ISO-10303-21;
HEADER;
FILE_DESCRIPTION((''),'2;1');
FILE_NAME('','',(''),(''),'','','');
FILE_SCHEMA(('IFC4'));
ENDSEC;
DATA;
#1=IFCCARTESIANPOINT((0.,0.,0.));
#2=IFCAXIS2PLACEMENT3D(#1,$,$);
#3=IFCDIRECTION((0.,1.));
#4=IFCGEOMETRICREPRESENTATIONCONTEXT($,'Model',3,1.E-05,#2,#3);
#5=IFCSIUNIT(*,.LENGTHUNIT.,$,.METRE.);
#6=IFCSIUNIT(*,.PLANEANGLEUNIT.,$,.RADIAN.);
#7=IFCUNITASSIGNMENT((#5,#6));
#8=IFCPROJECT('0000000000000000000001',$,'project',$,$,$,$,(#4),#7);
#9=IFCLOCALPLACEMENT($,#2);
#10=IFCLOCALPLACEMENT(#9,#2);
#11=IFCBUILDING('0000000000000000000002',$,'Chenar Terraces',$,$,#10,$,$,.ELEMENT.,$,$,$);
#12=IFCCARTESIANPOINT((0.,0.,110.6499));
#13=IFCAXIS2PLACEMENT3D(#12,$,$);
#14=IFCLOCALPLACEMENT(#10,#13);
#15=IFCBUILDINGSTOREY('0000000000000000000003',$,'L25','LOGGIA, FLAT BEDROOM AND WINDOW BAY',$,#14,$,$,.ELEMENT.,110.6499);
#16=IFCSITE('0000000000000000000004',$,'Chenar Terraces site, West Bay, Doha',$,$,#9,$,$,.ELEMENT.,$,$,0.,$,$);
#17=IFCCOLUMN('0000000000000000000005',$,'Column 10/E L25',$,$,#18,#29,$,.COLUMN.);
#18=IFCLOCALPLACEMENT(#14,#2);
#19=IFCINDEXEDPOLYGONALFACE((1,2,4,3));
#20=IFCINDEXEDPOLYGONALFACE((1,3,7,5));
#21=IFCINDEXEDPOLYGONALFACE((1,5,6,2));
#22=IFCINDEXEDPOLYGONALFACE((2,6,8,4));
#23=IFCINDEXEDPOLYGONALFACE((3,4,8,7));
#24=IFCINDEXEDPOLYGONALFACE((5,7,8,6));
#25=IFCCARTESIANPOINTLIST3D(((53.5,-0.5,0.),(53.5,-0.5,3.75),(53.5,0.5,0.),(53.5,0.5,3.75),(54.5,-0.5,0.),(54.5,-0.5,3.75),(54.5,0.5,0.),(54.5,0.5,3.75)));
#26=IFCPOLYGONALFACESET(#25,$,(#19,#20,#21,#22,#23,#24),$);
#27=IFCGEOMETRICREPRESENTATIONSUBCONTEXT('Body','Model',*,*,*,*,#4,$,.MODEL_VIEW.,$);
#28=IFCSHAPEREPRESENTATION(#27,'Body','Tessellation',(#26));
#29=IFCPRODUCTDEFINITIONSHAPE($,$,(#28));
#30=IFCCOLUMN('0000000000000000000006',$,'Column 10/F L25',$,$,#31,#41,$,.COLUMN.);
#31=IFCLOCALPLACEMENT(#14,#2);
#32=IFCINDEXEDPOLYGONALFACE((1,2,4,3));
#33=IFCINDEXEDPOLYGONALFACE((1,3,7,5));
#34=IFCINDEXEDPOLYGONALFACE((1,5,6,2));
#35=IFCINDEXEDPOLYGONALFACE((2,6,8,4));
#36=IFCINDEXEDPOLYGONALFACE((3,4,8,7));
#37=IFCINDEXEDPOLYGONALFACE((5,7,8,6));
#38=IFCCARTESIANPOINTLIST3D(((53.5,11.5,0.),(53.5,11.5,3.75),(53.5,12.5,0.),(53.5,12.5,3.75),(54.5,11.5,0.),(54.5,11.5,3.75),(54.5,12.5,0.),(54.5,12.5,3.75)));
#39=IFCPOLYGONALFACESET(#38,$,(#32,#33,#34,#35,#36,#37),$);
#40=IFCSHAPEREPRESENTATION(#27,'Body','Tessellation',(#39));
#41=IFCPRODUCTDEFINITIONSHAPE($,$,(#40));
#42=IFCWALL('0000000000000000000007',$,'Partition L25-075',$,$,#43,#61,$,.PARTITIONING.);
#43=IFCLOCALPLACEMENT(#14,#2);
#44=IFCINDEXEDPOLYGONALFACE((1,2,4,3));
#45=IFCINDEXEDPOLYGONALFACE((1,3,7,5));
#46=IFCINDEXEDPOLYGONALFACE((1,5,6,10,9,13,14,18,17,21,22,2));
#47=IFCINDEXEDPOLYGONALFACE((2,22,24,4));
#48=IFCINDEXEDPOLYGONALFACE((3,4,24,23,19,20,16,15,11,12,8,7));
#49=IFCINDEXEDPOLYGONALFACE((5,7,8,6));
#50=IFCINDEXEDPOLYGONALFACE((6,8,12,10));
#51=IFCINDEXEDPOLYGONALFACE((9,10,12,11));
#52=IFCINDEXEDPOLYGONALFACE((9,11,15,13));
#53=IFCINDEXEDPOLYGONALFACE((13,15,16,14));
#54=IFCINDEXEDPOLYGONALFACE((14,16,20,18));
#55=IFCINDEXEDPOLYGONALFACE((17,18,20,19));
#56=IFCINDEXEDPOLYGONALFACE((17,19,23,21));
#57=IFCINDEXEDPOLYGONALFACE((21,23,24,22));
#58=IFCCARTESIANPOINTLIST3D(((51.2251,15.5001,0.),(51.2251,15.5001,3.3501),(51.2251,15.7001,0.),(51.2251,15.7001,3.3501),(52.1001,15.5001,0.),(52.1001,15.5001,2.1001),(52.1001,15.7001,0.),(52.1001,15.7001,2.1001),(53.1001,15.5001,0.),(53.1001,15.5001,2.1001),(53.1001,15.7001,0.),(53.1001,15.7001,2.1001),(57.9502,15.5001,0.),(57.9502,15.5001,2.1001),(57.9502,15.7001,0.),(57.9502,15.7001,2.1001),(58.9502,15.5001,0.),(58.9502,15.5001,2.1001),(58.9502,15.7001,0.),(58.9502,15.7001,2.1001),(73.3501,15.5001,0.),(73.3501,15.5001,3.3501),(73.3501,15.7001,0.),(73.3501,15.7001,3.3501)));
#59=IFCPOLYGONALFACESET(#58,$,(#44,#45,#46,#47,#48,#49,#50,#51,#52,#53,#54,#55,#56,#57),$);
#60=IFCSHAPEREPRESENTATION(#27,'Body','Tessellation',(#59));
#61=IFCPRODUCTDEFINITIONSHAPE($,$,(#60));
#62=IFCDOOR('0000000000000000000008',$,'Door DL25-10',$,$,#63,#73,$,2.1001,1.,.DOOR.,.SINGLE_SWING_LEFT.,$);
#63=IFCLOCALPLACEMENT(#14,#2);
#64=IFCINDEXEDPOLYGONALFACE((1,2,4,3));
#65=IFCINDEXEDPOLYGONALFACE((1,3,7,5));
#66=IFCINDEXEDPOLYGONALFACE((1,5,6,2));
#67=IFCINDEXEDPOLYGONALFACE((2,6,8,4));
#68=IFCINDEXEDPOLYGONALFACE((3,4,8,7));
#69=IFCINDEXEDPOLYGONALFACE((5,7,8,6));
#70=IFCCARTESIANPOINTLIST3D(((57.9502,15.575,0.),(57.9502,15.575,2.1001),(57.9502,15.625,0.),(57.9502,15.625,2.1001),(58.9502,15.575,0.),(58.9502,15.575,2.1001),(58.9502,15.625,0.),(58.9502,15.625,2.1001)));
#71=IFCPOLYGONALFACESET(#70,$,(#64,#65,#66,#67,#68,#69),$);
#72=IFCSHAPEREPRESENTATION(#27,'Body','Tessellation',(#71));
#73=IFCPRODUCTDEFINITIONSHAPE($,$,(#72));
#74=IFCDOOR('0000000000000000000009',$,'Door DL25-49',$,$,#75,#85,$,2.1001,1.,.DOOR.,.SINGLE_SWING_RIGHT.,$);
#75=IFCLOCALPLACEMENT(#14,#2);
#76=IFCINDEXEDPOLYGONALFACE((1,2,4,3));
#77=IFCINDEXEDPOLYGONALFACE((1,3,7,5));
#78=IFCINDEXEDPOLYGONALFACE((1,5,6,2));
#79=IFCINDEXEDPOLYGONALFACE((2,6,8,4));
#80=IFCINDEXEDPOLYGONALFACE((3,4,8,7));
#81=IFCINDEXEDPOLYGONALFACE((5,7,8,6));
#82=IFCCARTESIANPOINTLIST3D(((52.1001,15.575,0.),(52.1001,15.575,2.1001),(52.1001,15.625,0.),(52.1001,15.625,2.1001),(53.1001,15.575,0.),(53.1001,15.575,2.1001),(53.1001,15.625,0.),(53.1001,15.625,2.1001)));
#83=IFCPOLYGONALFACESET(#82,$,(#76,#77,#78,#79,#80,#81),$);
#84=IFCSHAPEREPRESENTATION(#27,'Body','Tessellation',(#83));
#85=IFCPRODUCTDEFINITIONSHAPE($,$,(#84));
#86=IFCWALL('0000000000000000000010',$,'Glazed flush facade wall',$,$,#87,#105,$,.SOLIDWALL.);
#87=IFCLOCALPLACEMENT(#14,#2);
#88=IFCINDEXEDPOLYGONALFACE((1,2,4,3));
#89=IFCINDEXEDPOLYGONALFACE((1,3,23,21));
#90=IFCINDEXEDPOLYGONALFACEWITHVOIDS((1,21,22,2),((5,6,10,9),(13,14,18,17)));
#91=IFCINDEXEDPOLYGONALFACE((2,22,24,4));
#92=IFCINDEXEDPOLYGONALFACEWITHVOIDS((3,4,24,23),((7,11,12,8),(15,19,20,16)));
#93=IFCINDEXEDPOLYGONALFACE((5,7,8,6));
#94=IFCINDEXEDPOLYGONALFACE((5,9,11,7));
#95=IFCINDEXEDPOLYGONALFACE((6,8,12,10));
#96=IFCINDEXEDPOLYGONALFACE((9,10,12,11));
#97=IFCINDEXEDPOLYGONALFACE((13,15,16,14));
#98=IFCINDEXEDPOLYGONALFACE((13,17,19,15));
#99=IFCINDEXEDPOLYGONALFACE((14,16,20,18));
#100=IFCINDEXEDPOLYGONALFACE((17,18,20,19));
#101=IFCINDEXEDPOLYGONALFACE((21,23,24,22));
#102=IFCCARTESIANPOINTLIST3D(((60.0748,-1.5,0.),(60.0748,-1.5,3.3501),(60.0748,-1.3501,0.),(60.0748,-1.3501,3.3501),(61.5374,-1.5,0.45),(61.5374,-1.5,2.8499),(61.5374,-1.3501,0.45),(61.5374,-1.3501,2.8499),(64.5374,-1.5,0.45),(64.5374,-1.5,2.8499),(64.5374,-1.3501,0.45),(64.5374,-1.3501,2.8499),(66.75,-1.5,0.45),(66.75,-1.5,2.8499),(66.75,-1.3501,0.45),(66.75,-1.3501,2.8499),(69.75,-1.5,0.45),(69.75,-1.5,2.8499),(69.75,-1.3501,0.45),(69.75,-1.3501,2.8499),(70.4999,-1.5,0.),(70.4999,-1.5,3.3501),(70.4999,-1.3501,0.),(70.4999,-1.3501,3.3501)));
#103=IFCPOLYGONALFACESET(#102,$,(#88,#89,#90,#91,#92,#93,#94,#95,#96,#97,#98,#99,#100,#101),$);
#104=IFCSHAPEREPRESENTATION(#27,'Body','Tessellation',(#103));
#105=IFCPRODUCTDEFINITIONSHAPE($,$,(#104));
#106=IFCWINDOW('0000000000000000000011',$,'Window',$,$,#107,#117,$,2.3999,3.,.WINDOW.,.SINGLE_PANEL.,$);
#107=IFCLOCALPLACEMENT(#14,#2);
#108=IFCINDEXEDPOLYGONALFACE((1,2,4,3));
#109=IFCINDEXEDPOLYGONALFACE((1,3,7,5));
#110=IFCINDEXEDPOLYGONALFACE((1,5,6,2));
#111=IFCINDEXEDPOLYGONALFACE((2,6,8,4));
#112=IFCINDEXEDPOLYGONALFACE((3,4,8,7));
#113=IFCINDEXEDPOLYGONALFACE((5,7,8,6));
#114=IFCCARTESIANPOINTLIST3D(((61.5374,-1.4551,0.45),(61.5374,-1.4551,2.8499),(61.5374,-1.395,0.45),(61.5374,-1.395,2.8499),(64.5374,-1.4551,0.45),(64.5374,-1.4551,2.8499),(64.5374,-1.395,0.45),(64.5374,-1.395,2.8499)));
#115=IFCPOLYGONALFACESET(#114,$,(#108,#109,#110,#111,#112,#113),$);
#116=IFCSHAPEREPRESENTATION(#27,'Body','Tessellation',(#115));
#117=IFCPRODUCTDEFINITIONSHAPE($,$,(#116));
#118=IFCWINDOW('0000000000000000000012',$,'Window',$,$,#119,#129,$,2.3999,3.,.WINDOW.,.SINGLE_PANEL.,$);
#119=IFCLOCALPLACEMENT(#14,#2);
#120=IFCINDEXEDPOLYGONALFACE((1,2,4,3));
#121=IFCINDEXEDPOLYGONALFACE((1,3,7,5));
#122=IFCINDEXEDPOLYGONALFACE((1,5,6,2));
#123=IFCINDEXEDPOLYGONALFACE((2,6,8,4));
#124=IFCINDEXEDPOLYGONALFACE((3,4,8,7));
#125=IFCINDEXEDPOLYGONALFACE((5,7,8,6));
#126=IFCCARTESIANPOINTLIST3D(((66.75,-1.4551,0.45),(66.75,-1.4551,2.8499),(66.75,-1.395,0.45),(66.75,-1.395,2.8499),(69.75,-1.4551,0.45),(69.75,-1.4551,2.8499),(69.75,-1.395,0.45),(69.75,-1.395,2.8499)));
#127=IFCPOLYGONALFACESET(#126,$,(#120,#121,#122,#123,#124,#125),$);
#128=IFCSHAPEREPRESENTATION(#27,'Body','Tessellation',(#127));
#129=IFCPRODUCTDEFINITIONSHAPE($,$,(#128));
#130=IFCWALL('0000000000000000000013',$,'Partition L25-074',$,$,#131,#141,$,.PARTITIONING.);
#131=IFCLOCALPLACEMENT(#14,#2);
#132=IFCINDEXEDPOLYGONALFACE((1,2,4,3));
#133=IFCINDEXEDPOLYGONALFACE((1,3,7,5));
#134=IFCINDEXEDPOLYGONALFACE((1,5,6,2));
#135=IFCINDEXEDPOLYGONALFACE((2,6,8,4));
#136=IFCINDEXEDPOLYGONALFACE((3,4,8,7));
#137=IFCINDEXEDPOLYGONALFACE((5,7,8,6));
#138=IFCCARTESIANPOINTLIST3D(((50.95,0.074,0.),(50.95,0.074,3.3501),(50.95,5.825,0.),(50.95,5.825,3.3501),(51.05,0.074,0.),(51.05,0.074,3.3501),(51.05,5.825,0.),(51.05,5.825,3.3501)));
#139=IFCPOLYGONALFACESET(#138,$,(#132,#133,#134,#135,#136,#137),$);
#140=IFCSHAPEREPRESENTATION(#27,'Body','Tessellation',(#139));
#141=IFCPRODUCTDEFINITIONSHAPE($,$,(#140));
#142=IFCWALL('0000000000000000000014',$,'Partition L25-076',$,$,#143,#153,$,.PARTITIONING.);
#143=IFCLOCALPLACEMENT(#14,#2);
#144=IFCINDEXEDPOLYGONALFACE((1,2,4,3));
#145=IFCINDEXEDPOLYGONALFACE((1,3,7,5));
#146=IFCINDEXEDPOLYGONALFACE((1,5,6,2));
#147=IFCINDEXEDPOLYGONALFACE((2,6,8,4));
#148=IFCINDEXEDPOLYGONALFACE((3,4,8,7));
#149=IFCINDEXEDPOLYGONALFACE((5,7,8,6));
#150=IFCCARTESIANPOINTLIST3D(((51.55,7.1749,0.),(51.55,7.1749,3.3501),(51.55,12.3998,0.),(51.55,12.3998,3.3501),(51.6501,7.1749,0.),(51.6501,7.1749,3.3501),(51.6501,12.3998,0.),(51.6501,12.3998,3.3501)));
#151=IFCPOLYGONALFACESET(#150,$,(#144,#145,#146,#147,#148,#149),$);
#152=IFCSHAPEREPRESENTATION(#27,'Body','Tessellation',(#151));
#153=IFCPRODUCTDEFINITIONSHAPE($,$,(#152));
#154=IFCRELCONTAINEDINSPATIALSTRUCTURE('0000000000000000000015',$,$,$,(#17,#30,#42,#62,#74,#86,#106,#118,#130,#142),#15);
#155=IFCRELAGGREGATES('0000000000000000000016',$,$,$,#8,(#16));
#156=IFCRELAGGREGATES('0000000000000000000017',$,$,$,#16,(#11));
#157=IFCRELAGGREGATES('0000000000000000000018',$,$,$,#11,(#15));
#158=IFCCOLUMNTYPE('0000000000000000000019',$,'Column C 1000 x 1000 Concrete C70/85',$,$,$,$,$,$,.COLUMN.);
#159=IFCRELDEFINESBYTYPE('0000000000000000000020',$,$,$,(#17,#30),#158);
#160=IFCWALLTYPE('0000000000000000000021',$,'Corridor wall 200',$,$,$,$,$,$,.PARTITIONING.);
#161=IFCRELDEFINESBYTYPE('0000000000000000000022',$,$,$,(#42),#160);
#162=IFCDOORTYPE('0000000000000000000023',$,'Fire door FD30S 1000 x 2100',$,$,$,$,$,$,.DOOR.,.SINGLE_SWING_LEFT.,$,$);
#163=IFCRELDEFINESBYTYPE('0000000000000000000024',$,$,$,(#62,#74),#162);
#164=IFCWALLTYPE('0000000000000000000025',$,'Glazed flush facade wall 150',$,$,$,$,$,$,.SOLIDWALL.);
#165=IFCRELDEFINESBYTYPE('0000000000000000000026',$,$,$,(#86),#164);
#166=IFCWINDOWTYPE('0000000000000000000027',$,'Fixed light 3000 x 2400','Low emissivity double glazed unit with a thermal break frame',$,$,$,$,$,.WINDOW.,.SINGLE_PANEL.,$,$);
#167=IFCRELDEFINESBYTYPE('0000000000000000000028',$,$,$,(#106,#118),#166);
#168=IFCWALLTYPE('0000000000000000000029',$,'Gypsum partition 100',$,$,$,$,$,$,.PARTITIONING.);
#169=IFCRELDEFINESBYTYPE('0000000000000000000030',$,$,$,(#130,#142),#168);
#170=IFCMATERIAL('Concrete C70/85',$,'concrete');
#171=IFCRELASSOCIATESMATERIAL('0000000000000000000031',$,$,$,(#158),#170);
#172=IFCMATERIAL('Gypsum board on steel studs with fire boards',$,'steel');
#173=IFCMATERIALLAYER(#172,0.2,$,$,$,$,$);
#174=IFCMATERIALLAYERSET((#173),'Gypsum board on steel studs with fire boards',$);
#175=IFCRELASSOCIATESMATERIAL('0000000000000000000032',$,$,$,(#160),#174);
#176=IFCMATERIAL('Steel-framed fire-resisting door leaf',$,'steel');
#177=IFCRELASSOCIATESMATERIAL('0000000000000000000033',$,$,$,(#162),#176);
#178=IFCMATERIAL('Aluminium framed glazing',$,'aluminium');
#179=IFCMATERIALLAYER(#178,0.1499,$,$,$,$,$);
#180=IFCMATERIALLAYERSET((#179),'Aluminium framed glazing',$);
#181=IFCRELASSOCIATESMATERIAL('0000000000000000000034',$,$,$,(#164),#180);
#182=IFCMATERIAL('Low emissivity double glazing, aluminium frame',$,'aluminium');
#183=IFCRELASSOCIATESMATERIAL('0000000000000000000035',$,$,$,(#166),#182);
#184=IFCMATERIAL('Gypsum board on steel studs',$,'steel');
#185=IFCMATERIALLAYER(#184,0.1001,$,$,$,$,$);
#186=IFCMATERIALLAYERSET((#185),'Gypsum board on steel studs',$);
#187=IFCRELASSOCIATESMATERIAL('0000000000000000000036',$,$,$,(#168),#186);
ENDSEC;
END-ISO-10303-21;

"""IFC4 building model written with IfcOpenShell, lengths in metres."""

from ifc_helpers import new_model, si_unit, direction, frame, frame_2d, origin, origin_2d, place, context, subcontext, project, spatial, rectangle, extrude, material, layer, layer_set, material_profile, profile_set, type_object, element, fill, save


model = new_model("IFC4")

# Units and contexts
model_context = context("Model", 3, precision=1e-05, world=origin(), true_north=direction((0.0, 1.0)))
body_context = subcontext(model_context, "Body", "Model", "MODEL_VIEW")
ifc_project = project(units=[si_unit("LENGTHUNIT", "METRE"), si_unit("PLANEANGLEUNIT", "RADIAN")], contexts=[model_context])

# Site, building, storey
site_placement = place(None, origin())
site = spatial("IfcSite", under=ifc_project, at=site_placement, Name="Chenar Terraces site, West Bay, Doha", CompositionType="ELEMENT", RefElevation=0.0)
building_placement = place(site_placement, origin())
building = spatial("IfcBuilding", under=site, at=building_placement, Name="Chenar Terraces", CompositionType="ELEMENT")
storey_placement = place(building_placement, frame((0.0, 0.0, 110.6499)))
storey = spatial("IfcBuildingStorey", under=building, at=storey_placement, Name="L25", Description="LOGGIA, FLAT BEDROOM AND WINDOW BAY", CompositionType="ELEMENT", Elevation=110.6499)

# Columns
ifc_material_1 = material(Name="Concrete C70/85", Category="concrete")
ifc_material_profile = material_profile(ifc_material_1, rectangle(XDim=1.0, YDim=1.0, at=origin_2d()), Name="C 1000 x 1000")
ifc_profile_set = profile_set([ifc_material_profile], Name="Concrete C70/85")
column_type = type_object("IfcColumnType", Name="Column C 1000 x 1000 Concrete C70/85", PredefinedType="COLUMN", material=ifc_profile_set)
for number, where, z_axis, x_axis, name in (
    (1, (54.0, 0.0, 0.0), (0.0, 0.0, 1.0), (1.0, 0.0, 0.0), "Column 10/E L25"),
    (2, (54.0, 12.0, 0.0), (0.0, 0.0, 1.0), (1.0, 0.0, 0.0), "Column 10/F L25"),
):
    element("IfcColumn", number, at=place(storey_placement, frame(where, z_axis=z_axis, x_axis=x_axis)), inside=storey, type_object=column_type, Name=name, PredefinedType="COLUMN", context=body_context, shape_type="SweptSolid", body=[
        extrude(rectangle(XDim=1.0, YDim=1.0, at=origin_2d()), origin(), (0.0, 0.0, 1.0), 3.75),
    ])

# Wall, openings, doors
ifc_material_2 = material(Name="Gypsum board on steel studs with fire boards", Category="steel")
ifc_layer_1 = layer(ifc_material_2, 0.2)
ifc_layer_set_1 = layer_set([ifc_layer_1], Name="Gypsum board on steel studs with fire boards")
wall_type_1 = type_object("IfcWallType", Name="Corridor wall 200", PredefinedType="PARTITIONING", material=ifc_layer_set_1)
wall_1_placement = place(storey_placement, frame((51.2251, 15.6001, 0.0), z_axis=(0.0, 0.0, 1.0), x_axis=(1.0, 0.0, 0.0)))
wall_1 = element("IfcWall", 3, at=wall_1_placement, inside=storey, type_object=wall_type_1, Name="Partition L25-075", PredefinedType="PARTITIONING", context=body_context, shape_type="SweptSolid", body=[
    extrude(rectangle(XDim=22.125, YDim=0.2, at=frame_2d((11.0625, 0.0))), origin(), (0.0, 0.0, 1.0), 3.3501),
])
opening_1_placement = place(wall_1_placement, frame((6.7251, 0.0, 0.0)))
opening_1 = element("IfcOpeningElement", 4, at=opening_1_placement, cuts=wall_1, PredefinedType="OPENING", context=body_context, shape_type="SweptSolid", body=[
    extrude(rectangle(XDim=1.0, YDim=2.1001, at=frame_2d((0.5, 1.05))), frame((0.0, 0.1099, 0.0), z_axis=(0.0, -1.0, 0.0), x_axis=(1.0, 0.0, 0.0)), (0.0, 0.0, 1.0), 0.22),
])
opening_2_placement = place(wall_1_placement, frame((0.875, 0.0, 0.0)))
opening_2 = element("IfcOpeningElement", 5, at=opening_2_placement, cuts=wall_1, PredefinedType="OPENING", context=body_context, shape_type="SweptSolid", body=[
    extrude(rectangle(XDim=1.0, YDim=2.1001, at=frame_2d((0.5, 1.05))), frame((0.0, 0.1099, 0.0), z_axis=(0.0, -1.0, 0.0), x_axis=(1.0, 0.0, 0.0)), (0.0, 0.0, 1.0), 0.22),
])
ifc_material_3 = material(Name="Steel-framed fire-resisting door leaf", Category="steel")
door_type_1 = type_object("IfcDoorType", Name="Fire door FD30S 1000 x 2100", OperationType="SINGLE_SWING_LEFT", PredefinedType="DOOR", material=ifc_material_3)
door_1_placement = place(opening_1_placement, origin())
door_1 = element("IfcDoor", 6, at=door_1_placement, inside=storey, type_object=door_type_1, Name="Door DL25-10", OperationType="SINGLE_SWING_LEFT", OverallHeight=2.1001, OverallWidth=1.0, PredefinedType="DOOR", context=body_context, shape_type="SweptSolid", body=[
    extrude(rectangle(XDim=1.0, YDim=2.1001, at=frame_2d((0.5, 1.05))), frame((0.0, 0.0249, 0.0), z_axis=(0.0, -1.0, 0.0), x_axis=(1.0, 0.0, 0.0)), (0.0, 0.0, 1.0), 0.05),
])
fill(opening_1, door_1)
door_2_placement = place(opening_2_placement, origin())
door_2 = element("IfcDoor", 7, at=door_2_placement, inside=storey, type_object=door_type_1, Name="Door DL25-49", OperationType="SINGLE_SWING_RIGHT", OverallHeight=2.1001, OverallWidth=1.0, PredefinedType="DOOR", context=body_context, shape_type="SweptSolid", body=[
    extrude(rectangle(XDim=1.0, YDim=2.1001, at=frame_2d((0.5, 1.05))), frame((0.0, 0.0249, 0.0), z_axis=(0.0, -1.0, 0.0), x_axis=(1.0, 0.0, 0.0)), (0.0, 0.0, 1.0), 0.05),
])
fill(opening_2, door_2)

# Wall, openings, windows
ifc_material_4 = material(Name="Aluminium framed glazing", Category="aluminium")
ifc_layer_2 = layer(ifc_material_4, 0.1499)
ifc_layer_set_2 = layer_set([ifc_layer_2], Name="Aluminium framed glazing")
wall_type_2 = type_object("IfcWallType", Name="Glazed flush facade wall 150", PredefinedType="SOLIDWALL", material=ifc_layer_set_2)
wall_2_placement = place(storey_placement, frame((60.075, -1.425, 0.0), z_axis=(0.0, 0.0, 1.0), x_axis=(1.0, 0.0, 0.0)))
wall_2 = element("IfcWall", 8, at=wall_2_placement, inside=storey, type_object=wall_type_2, Name="Glazed flush facade wall", PredefinedType="SOLIDWALL", context=body_context, shape_type="SweptSolid", body=[
    extrude(rectangle(XDim=10.425, YDim=0.1499, at=frame_2d((5.2124, 0.0))), origin(), (0.0, 0.0, 1.0), 3.3501),
])
opening_3_placement = place(wall_2_placement, frame((1.4624, 0.0, 0.45)))
opening_3 = element("IfcOpeningElement", 9, at=opening_3_placement, cuts=wall_2, PredefinedType="OPENING", context=body_context, shape_type="SweptSolid", body=[
    extrude(rectangle(XDim=3.0, YDim=2.3999, at=frame_2d((1.5, 1.2))), frame((0.0, 0.085, 0.0), z_axis=(0.0, -1.0, 0.0), x_axis=(1.0, 0.0, 0.0)), (0.0, 0.0, 1.0), 0.1699),
])
opening_4_placement = place(wall_2_placement, frame((6.675, 0.0, 0.45)))
opening_4 = element("IfcOpeningElement", 10, at=opening_4_placement, cuts=wall_2, PredefinedType="OPENING", context=body_context, shape_type="SweptSolid", body=[
    extrude(rectangle(XDim=3.0, YDim=2.3999, at=frame_2d((1.5, 1.2))), frame((0.0, 0.085, 0.0), z_axis=(0.0, -1.0, 0.0), x_axis=(1.0, 0.0, 0.0)), (0.0, 0.0, 1.0), 0.1699),
])
ifc_material_5 = material(Name="Low emissivity double glazing, aluminium frame", Category="aluminium")
window_type = type_object("IfcWindowType", Name="Fixed light 3000 x 2400", Description="Low emissivity double glazed unit with a thermal break frame", PartitioningType="SINGLE_PANEL", PredefinedType="WINDOW", material=ifc_material_5)
window_1_placement = place(opening_3_placement, origin())
window_1 = element("IfcWindow", 11, at=window_1_placement, inside=storey, type_object=window_type, Name="Window", OverallHeight=2.3999, OverallWidth=3.0, PartitioningType="SINGLE_PANEL", PredefinedType="WINDOW", context=body_context, shape_type="SweptSolid", body=[
    extrude(rectangle(XDim=3.0, YDim=2.3999, at=frame_2d((1.5, 1.2))), frame((0.0, 0.03, 0.0), z_axis=(0.0, -1.0, 0.0), x_axis=(1.0, 0.0, 0.0)), (0.0, 0.0, 1.0), 0.0601),
])
fill(opening_3, window_1)
window_2_placement = place(opening_4_placement, origin())
window_2 = element("IfcWindow", 12, at=window_2_placement, inside=storey, type_object=window_type, Name="Window", OverallHeight=2.3999, OverallWidth=3.0, PartitioningType="SINGLE_PANEL", PredefinedType="WINDOW", context=body_context, shape_type="SweptSolid", body=[
    extrude(rectangle(XDim=3.0, YDim=2.3999, at=frame_2d((1.5, 1.2))), frame((0.0, 0.03, 0.0), z_axis=(0.0, -1.0, 0.0), x_axis=(1.0, 0.0, 0.0)), (0.0, 0.0, 1.0), 0.0601),
])
fill(opening_4, window_2)

# Walls
ifc_material_6 = material(Name="Gypsum board on steel studs", Category="steel")
ifc_layer_3 = layer(ifc_material_6, 0.1001)
ifc_layer_set_3 = layer_set([ifc_layer_3], Name="Gypsum board on steel studs")
wall_type_3 = type_object("IfcWallType", Name="Gypsum partition 100", PredefinedType="PARTITIONING", material=ifc_layer_set_3)
wall_3_placement = place(storey_placement, frame((51.0, 0.074, 0.0), z_axis=(0.0, 0.0, 1.0), x_axis=(0.0, 1.0, 0.0)))
element("IfcWall", 13, at=wall_3_placement, inside=storey, type_object=wall_type_3, Name="Partition L25-074", PredefinedType="PARTITIONING", context=body_context, shape_type="SweptSolid", body=[
    extrude(rectangle(XDim=5.751, YDim=0.1001, at=frame_2d((2.8755, 0.0))), origin(), (0.0, 0.0, 1.0), 3.3501),
])
wall_4_placement = place(storey_placement, frame((51.6001, 7.175, 0.0), z_axis=(0.0, 0.0, 1.0), x_axis=(0.0, 1.0, 0.0)))
element("IfcWall", 14, at=wall_4_placement, inside=storey, type_object=wall_type_3, Name="Partition L25-076", PredefinedType="PARTITIONING", context=body_context, shape_type="SweptSolid", body=[
    extrude(rectangle(XDim=5.2249, YDim=0.1001, at=frame_2d((2.6123, 0.0))), origin(), (0.0, 0.0, 1.0), 3.3501),
])

save(model, "model.ifc")
